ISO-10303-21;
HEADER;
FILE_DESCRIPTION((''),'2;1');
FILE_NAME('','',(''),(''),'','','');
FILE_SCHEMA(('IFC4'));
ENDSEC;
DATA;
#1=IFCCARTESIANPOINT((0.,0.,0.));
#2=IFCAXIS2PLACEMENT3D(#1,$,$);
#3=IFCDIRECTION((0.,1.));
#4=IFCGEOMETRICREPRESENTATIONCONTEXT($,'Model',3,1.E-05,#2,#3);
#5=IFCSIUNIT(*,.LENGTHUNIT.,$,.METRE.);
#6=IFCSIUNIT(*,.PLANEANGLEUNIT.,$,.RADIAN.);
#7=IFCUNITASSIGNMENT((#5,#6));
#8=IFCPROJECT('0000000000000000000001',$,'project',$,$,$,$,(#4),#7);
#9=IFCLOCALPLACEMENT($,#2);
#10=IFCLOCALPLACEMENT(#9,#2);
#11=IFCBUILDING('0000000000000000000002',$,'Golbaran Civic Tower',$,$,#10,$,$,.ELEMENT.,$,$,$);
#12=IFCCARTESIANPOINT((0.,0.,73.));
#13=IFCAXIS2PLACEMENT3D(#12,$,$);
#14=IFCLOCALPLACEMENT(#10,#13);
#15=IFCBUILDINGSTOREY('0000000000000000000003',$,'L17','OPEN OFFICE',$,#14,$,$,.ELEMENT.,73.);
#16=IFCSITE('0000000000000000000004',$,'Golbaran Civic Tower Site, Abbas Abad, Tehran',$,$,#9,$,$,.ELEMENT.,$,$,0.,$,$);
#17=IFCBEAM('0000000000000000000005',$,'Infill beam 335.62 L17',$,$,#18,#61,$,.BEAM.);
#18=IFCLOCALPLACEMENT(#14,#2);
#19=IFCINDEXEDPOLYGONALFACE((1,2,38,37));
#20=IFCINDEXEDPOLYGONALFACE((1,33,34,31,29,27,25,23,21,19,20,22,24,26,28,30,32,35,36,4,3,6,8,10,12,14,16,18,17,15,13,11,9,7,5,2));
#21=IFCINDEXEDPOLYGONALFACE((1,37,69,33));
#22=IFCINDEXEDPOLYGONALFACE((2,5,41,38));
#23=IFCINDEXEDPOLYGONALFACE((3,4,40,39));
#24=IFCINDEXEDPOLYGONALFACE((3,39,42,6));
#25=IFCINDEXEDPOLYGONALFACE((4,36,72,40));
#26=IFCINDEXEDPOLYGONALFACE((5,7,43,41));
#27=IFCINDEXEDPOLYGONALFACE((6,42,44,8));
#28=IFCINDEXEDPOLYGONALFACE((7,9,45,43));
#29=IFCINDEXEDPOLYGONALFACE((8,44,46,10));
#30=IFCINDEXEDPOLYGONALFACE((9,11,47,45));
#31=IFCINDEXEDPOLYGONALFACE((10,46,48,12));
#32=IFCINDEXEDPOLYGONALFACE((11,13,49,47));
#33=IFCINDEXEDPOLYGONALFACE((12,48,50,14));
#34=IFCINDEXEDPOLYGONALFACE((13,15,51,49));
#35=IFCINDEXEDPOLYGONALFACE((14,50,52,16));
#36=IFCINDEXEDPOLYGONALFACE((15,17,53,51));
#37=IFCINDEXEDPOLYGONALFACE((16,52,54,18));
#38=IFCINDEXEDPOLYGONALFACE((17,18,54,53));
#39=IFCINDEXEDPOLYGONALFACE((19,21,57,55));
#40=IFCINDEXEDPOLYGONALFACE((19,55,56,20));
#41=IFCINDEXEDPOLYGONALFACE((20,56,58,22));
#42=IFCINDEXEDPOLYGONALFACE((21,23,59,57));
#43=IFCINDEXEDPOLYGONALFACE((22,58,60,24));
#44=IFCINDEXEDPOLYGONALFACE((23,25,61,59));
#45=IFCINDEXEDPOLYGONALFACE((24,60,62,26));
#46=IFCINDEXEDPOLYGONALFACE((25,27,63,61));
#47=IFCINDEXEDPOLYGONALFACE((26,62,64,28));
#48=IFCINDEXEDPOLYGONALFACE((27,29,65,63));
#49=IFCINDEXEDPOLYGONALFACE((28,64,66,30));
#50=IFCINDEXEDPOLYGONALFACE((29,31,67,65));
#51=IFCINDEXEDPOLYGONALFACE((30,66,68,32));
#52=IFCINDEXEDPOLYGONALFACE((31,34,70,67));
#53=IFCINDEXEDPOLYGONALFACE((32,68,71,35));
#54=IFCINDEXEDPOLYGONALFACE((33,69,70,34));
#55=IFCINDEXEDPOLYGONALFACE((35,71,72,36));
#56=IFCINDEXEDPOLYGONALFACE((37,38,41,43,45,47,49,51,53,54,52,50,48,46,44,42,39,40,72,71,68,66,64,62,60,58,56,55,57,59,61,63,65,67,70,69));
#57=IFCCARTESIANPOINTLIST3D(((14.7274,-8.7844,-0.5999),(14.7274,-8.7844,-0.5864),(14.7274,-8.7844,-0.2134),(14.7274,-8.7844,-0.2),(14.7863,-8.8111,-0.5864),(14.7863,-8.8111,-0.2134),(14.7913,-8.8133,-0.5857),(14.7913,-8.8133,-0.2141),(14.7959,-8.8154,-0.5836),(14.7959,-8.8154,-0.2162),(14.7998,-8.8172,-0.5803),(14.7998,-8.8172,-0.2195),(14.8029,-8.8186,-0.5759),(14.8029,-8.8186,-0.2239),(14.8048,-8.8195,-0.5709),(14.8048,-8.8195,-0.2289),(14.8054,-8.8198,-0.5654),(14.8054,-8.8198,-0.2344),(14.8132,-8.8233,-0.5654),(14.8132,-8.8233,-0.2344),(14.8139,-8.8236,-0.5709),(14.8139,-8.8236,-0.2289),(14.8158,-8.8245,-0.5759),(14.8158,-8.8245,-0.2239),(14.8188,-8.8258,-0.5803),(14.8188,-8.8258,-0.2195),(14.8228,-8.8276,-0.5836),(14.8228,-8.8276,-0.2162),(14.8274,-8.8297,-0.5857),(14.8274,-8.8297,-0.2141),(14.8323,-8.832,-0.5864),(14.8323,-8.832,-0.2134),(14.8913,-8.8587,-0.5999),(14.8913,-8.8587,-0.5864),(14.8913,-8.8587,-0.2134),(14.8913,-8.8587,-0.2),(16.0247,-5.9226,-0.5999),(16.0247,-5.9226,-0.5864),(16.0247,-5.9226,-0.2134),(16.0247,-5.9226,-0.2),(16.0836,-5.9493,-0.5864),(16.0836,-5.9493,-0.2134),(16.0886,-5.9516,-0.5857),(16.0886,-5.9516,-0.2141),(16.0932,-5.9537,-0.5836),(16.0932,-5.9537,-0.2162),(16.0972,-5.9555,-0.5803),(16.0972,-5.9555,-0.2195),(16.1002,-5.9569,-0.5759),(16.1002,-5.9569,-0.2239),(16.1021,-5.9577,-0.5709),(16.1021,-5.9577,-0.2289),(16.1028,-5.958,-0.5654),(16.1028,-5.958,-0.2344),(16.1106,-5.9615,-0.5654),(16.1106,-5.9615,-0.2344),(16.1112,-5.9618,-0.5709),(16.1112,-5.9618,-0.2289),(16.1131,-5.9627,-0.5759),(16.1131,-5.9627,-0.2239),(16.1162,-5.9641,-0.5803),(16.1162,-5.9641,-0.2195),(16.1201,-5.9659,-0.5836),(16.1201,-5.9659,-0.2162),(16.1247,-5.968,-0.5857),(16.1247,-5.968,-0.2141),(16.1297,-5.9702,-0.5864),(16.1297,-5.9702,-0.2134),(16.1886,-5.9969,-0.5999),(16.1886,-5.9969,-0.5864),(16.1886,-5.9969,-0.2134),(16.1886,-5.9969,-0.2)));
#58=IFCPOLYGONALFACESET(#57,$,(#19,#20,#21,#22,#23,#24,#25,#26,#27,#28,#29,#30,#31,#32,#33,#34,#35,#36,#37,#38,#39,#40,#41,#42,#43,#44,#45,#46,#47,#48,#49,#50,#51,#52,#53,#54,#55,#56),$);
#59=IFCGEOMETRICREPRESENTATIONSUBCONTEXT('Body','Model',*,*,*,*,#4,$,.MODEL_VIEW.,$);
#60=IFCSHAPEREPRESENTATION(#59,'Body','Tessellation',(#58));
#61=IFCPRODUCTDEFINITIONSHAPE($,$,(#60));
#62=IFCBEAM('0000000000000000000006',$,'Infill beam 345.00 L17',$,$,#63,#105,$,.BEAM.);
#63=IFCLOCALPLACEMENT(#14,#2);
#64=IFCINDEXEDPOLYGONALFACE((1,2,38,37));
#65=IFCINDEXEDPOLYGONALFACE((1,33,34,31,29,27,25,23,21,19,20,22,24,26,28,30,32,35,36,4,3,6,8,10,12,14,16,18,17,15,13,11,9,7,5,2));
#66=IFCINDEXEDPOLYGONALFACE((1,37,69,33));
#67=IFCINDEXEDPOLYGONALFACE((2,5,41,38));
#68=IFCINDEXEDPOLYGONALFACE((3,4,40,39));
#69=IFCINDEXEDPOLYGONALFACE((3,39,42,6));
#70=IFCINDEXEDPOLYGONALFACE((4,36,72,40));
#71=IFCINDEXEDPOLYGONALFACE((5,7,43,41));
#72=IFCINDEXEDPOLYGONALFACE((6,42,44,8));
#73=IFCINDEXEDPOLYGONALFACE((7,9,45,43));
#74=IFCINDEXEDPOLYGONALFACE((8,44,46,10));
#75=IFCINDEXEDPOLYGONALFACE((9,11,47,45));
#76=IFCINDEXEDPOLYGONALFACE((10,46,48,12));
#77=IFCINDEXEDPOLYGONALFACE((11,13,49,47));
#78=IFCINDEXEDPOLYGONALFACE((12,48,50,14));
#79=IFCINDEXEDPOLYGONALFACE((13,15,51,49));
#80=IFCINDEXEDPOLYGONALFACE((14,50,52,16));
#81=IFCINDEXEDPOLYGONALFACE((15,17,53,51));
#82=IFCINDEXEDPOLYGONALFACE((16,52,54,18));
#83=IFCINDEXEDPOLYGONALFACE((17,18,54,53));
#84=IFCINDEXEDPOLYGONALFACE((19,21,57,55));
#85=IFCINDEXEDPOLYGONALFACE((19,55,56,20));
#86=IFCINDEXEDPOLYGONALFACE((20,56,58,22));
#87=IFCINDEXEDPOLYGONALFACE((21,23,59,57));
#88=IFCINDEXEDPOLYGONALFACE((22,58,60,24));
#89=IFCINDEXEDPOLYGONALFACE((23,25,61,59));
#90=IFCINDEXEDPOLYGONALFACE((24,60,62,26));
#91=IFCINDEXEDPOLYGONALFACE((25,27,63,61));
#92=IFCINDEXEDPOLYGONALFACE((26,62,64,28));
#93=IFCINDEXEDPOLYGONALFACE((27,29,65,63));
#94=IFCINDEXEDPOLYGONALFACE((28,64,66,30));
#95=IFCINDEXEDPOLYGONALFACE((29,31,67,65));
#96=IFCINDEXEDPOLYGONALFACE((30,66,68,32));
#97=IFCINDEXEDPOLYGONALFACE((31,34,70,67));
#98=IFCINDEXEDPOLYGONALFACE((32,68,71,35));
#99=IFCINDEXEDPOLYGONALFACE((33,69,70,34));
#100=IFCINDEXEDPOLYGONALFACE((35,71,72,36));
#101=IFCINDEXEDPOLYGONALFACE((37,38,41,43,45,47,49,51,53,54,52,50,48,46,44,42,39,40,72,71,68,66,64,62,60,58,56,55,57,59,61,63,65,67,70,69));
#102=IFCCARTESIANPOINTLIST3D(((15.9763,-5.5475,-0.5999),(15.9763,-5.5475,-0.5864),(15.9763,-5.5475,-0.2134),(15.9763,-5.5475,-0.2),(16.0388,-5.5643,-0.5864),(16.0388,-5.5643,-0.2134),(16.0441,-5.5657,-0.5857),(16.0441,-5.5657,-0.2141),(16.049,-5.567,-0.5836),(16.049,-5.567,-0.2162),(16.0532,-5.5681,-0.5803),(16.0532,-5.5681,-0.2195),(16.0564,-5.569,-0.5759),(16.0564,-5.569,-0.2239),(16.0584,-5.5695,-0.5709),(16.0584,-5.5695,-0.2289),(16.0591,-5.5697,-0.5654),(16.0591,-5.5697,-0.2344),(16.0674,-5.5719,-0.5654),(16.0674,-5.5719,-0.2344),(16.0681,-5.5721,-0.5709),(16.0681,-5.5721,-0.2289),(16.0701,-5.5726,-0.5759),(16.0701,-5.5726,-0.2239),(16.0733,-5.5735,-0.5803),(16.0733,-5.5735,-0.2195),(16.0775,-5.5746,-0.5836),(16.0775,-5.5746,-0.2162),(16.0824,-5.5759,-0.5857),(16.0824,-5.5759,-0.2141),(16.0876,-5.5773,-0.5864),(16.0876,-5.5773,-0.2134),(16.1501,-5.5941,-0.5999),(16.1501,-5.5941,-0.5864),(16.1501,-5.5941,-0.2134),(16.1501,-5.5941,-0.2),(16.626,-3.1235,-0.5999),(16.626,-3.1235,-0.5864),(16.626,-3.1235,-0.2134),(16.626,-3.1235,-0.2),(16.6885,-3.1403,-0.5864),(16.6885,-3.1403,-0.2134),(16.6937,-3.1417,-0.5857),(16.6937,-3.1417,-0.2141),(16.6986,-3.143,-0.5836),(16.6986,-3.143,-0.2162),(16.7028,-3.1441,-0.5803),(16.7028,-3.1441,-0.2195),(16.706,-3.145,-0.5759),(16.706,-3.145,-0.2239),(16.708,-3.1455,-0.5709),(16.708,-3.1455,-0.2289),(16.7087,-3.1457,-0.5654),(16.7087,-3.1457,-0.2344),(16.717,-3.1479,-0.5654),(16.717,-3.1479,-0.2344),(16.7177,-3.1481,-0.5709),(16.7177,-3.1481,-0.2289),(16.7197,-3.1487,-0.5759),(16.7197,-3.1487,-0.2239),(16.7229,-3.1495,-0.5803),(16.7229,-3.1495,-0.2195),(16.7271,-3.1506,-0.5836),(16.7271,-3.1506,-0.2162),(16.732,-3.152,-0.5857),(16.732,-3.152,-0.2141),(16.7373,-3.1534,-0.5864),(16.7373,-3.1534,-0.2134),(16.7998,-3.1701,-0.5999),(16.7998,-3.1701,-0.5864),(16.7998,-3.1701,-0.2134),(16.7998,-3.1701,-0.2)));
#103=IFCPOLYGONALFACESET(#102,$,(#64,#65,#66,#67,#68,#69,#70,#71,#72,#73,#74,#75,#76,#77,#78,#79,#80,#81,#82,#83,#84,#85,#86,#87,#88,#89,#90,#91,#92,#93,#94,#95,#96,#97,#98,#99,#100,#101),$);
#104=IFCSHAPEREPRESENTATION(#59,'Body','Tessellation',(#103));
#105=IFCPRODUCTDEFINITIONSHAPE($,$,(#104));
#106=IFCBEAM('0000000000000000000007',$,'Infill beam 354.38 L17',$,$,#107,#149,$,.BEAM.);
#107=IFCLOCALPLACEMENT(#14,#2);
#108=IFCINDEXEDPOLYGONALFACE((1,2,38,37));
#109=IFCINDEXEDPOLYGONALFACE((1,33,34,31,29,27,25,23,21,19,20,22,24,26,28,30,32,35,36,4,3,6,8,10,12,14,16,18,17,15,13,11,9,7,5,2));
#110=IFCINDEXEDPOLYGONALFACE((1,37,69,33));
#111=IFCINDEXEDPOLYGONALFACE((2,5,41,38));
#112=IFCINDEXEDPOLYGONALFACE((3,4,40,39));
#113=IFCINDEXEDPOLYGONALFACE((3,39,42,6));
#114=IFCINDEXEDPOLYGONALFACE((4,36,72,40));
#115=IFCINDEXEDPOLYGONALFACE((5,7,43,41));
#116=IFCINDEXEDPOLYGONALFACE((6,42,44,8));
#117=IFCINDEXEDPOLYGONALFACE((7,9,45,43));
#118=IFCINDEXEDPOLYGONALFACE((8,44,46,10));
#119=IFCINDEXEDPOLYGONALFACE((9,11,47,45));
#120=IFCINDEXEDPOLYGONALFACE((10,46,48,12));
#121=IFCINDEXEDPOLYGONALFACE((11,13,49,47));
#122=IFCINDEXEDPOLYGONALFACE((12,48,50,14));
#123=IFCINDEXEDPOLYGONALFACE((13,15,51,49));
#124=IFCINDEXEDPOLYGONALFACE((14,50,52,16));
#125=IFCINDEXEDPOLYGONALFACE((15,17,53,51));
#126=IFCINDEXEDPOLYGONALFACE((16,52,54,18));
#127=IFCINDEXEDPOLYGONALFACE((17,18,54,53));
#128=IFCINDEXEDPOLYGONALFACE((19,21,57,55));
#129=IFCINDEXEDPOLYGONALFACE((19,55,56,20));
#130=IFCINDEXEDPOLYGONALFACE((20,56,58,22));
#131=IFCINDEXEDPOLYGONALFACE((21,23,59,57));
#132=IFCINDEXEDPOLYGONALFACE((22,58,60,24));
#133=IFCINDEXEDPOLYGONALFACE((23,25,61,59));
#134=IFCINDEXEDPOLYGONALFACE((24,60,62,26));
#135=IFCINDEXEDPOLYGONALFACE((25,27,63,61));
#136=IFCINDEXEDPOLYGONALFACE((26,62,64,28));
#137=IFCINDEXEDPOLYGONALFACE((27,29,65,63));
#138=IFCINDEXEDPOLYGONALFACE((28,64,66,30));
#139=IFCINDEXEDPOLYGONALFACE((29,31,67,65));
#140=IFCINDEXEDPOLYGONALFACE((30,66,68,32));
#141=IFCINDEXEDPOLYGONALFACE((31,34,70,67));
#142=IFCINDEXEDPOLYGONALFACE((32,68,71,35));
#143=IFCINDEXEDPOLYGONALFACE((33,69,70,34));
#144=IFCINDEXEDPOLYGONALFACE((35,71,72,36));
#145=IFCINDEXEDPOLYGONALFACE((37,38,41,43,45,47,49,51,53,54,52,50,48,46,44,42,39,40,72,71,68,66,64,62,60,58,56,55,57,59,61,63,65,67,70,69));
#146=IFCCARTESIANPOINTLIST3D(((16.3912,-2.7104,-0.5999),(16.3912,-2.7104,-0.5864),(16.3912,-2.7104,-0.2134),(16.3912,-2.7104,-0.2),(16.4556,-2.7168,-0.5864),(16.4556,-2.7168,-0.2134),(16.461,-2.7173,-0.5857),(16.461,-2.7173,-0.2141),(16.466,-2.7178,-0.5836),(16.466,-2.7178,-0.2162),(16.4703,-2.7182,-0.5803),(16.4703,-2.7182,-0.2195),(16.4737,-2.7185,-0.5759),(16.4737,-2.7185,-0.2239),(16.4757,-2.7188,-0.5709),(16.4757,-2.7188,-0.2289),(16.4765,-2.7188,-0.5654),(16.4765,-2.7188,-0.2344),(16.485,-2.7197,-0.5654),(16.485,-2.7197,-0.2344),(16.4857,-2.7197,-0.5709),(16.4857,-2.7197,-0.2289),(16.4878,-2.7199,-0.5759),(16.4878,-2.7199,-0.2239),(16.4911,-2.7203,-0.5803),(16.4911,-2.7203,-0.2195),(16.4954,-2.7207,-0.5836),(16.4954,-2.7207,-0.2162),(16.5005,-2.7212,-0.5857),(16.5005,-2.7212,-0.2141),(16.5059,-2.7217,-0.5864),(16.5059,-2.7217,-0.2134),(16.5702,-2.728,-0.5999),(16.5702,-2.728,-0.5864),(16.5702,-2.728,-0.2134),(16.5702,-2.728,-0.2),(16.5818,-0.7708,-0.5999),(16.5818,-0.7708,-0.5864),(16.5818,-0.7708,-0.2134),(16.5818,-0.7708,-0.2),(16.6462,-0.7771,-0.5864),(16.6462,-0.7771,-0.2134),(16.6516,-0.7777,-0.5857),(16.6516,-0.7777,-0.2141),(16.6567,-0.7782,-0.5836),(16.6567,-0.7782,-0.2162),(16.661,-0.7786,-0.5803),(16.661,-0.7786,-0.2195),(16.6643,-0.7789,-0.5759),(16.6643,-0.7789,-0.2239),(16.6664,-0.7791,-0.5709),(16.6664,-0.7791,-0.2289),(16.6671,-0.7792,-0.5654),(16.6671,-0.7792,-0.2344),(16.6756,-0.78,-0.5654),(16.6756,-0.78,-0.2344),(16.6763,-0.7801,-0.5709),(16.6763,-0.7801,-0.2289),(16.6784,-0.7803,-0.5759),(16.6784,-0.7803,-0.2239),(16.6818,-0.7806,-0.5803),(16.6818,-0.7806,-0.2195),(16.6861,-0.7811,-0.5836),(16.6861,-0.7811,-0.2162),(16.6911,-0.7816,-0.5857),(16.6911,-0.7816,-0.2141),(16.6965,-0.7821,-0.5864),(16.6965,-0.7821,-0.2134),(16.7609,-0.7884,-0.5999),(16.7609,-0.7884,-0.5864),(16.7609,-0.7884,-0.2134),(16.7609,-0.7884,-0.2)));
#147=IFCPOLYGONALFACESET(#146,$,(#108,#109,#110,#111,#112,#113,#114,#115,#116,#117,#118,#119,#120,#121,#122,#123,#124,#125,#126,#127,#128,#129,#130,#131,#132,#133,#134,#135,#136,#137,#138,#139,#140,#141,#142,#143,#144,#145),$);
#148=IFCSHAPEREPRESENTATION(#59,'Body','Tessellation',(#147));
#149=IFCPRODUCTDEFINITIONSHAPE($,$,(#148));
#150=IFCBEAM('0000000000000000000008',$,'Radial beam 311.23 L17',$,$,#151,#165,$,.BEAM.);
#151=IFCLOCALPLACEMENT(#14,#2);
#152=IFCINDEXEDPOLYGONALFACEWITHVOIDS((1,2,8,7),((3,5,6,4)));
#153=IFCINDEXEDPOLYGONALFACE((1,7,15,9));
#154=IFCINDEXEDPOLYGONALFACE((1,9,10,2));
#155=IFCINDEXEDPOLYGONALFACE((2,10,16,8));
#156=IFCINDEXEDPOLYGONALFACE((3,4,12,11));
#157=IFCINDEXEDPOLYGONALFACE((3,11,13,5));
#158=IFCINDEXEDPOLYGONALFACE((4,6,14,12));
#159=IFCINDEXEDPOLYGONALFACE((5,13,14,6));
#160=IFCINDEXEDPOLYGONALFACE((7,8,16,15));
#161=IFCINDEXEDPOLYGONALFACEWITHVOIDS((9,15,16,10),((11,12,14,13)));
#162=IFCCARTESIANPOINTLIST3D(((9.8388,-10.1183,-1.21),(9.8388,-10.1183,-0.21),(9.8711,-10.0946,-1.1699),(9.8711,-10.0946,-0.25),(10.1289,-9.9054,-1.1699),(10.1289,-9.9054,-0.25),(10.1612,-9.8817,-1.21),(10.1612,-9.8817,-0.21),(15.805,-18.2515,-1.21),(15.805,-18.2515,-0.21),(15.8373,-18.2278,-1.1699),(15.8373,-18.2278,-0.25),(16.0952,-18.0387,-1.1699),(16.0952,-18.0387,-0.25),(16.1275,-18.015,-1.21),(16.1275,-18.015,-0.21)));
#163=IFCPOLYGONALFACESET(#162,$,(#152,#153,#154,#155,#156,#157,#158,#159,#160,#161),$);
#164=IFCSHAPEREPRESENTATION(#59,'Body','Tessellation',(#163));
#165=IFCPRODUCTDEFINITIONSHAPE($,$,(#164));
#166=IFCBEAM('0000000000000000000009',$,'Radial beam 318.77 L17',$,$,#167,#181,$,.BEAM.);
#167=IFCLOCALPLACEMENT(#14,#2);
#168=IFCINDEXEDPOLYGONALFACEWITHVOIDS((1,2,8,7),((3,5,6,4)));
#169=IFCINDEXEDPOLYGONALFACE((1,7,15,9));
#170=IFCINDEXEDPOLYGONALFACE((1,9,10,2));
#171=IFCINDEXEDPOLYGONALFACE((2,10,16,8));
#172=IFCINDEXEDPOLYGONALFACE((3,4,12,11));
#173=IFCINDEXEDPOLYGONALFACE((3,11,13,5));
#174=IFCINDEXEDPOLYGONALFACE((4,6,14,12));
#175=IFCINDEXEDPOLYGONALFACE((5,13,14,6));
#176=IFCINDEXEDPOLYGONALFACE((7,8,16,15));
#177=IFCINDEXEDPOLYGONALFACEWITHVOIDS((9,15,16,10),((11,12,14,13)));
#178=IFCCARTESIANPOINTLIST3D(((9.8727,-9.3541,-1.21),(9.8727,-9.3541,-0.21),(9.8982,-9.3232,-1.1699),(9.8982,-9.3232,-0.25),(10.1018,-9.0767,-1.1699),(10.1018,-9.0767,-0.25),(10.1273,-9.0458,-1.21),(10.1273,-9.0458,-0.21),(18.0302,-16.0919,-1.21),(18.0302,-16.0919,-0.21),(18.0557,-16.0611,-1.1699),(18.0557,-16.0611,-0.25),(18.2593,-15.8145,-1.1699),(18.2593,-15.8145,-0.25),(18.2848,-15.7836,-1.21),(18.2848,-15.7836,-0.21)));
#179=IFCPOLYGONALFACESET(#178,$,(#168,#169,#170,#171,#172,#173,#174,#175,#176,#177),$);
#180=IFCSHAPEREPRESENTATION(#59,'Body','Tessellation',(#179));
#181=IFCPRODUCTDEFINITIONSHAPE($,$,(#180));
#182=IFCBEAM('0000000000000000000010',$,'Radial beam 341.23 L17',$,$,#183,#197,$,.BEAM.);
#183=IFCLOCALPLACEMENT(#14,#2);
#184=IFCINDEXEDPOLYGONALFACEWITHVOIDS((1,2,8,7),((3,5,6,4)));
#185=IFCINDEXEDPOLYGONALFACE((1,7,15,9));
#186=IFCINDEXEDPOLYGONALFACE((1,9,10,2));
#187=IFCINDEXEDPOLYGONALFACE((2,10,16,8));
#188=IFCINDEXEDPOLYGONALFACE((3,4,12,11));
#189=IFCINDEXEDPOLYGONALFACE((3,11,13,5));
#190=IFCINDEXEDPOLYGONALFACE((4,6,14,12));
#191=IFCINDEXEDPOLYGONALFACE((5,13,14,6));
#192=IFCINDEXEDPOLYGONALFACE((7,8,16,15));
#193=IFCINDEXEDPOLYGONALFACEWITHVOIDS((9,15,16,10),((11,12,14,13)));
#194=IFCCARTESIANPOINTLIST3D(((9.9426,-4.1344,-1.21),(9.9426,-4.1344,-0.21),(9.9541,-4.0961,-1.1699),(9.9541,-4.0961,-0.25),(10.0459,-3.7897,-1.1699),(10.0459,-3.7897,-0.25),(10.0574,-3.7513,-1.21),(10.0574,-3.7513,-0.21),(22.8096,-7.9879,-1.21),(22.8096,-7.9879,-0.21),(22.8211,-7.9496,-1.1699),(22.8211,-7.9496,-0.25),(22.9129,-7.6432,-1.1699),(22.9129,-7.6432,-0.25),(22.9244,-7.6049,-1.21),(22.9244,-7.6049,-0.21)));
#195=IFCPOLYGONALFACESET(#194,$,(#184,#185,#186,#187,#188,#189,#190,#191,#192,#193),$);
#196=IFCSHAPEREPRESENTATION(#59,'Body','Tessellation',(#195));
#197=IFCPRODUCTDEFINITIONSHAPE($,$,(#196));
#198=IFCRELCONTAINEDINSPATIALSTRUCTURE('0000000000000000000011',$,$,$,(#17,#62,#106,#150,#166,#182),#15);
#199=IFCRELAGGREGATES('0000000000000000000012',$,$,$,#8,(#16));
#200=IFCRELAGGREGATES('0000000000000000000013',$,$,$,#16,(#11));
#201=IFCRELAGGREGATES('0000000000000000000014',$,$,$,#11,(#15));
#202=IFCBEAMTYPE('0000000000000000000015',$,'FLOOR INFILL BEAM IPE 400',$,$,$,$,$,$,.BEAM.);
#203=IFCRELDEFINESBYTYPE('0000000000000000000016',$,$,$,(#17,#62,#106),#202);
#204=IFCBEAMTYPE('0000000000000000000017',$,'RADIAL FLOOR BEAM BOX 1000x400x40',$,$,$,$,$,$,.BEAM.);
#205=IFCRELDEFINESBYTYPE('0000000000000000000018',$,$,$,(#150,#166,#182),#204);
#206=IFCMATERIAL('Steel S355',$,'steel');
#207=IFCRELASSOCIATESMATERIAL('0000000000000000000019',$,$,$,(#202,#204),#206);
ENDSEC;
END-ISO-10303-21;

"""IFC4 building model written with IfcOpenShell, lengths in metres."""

from ifc_helpers import new_model, si_unit, direction, frame, origin, origin_2d, place, context, subcontext, project, spatial, hollow_rectangle, i_section, extrude, material, material_profile, profile_set, type_object, element, save


model = new_model("IFC4")

# Units and contexts
model_context = context("Model", 3, precision=1e-05, world=origin(), true_north=direction((0.0, 1.0)))
body_context = subcontext(model_context, "Body", "Model", "MODEL_VIEW")
ifc_project = project(units=[si_unit("LENGTHUNIT", "METRE"), si_unit("PLANEANGLEUNIT", "RADIAN")], contexts=[model_context])

# Site, building, storey
site_placement = place(None, origin())
site = spatial("IfcSite", under=ifc_project, at=site_placement, Name="Golbaran Civic Tower Site, Abbas Abad, Tehran", CompositionType="ELEMENT", RefElevation=0.0)
building_placement = place(site_placement, origin())
building = spatial("IfcBuilding", under=site, at=building_placement, Name="Golbaran Civic Tower", CompositionType="ELEMENT")
storey_placement = place(building_placement, frame((0.0, 0.0, 73.0)))
storey = spatial("IfcBuildingStorey", under=building, at=storey_placement, Name="L17", Description="OPEN OFFICE", CompositionType="ELEMENT", Elevation=73.0)

# Beams
ifc_material_1 = material(Name="Steel S355", Category="steel")
ifc_material_profile_1 = material_profile(ifc_material_1, i_section(OverallWidth=0.1799, OverallDepth=0.3999, WebThickness=0.0085, FlangeThickness=0.0134, FilletRadius=0.021, at=origin_2d()), Name="IPE 400")
ifc_profile_set_1 = profile_set([ifc_material_profile_1], Name="Steel S355")
beam_type_1 = type_object("IfcBeamType", Name="FLOOR INFILL BEAM IPE 400", PredefinedType="BEAM", material=ifc_profile_set_1)
beam_1_placement = place(storey_placement, frame((14.8093, -8.8215, -0.3999), z_axis=(0.41289, 0.910781, 0.0), x_axis=(-0.910781, 0.41289, 0.0)))
element("IfcBeam", 1, at=beam_1_placement, inside=storey, type_object=beam_type_1, Name="Infill beam 335.62 L17", PredefinedType="BEAM", context=body_context, shape_type="SweptSolid", body=[
    extrude(i_section(OverallWidth=0.1799, OverallDepth=0.3999, WebThickness=0.0085, FlangeThickness=0.0134, FilletRadius=0.021, at=origin_2d()), origin(), (0.0, 0.0, 1.0), 3.1421),
])
beam_2_placement = place(storey_placement, frame((16.0632, -5.5708, -0.3999), z_axis=(0.258867, 0.965913, 0.0), x_axis=(-0.965913, 0.258867, 0.0)))
element("IfcBeam", 2, at=beam_2_placement, inside=storey, type_object=beam_type_1, Name="Infill beam 345.00 L17", PredefinedType="BEAM", context=body_context, shape_type="SweptSolid", body=[
    extrude(i_section(OverallWidth=0.1799, OverallDepth=0.3999, WebThickness=0.0085, FlangeThickness=0.0134, FilletRadius=0.021, at=origin_2d()), origin(), (0.0, 0.0, 1.0), 2.5095),
])
beam_3_placement = place(storey_placement, frame((16.4807, -2.7192, -0.3999), z_axis=(0.097829, 0.995203, 0.0), x_axis=(-0.995203, 0.097829, 0.0)))
element("IfcBeam", 3, at=beam_3_placement, inside=storey, type_object=beam_type_1, Name="Infill beam 354.38 L17", PredefinedType="BEAM", context=body_context, shape_type="SweptSolid", body=[
    extrude(i_section(OverallWidth=0.1799, OverallDepth=0.3999, WebThickness=0.0085, FlangeThickness=0.0134, FilletRadius=0.021, at=origin_2d()), origin(), (0.0, 0.0, 1.0), 1.949),
])
ifc_material_profile_2 = material_profile(ifc_material_1, hollow_rectangle(XDim=0.3999, YDim=1.0, WallThickness=0.04, at=origin_2d()), Name="BOX 1000x400x40")
ifc_profile_set_2 = profile_set([ifc_material_profile_2], Name="Steel S355")
beam_type_2 = type_object("IfcBeamType", Name="RADIAL FLOOR BEAM BOX 1000x400x40", PredefinedType="BEAM", material=ifc_profile_set_2)
beam_4_placement = place(storey_placement, frame((10.0, -10.0, -0.71), z_axis=(0.591485, -0.806316, 0.0), x_axis=(0.806316, 0.591485, 0.0)))
element("IfcBeam", 4, at=beam_4_placement, inside=storey, type_object=beam_type_2, Name="Radial beam 311.23 L17", PredefinedType="BEAM", context=body_context, shape_type="SweptSolid", body=[
    extrude(hollow_rectangle(XDim=0.3999, YDim=1.0, WallThickness=0.04, at=origin_2d()), origin(), (0.0, 0.0, 1.0), 10.0869),
])
beam_5_placement = place(storey_placement, frame((10.0, -9.2, -0.71), z_axis=(0.771008, -0.636826, 0.0), x_axis=(0.636826, 0.771008, 0.0)))
element("IfcBeam", 5, at=beam_5_placement, inside=storey, type_object=beam_type_2, Name="Radial beam 318.77 L17", PredefinedType="BEAM", context=body_context, shape_type="SweptSolid", body=[
    extrude(hollow_rectangle(XDim=0.3999, YDim=1.0, WallThickness=0.04, at=origin_2d()), origin(), (0.0, 0.0, 1.0), 10.5803),
])
beam_6_placement = place(storey_placement, frame((10.0, -3.9429, -0.71), z_axis=(0.957961, -0.286899, 0.0), x_axis=(0.286899, 0.957961, 0.0)))
element("IfcBeam", 6, at=beam_6_placement, inside=storey, type_object=beam_type_2, Name="Radial beam 341.23 L17", PredefinedType="BEAM", context=body_context, shape_type="SweptSolid", body=[
    extrude(hollow_rectangle(XDim=0.3999, YDim=1.0, WallThickness=0.04, at=origin_2d()), origin(), (0.0, 0.0, 1.0), 13.4316),
])

save(model, "model.ifc")
